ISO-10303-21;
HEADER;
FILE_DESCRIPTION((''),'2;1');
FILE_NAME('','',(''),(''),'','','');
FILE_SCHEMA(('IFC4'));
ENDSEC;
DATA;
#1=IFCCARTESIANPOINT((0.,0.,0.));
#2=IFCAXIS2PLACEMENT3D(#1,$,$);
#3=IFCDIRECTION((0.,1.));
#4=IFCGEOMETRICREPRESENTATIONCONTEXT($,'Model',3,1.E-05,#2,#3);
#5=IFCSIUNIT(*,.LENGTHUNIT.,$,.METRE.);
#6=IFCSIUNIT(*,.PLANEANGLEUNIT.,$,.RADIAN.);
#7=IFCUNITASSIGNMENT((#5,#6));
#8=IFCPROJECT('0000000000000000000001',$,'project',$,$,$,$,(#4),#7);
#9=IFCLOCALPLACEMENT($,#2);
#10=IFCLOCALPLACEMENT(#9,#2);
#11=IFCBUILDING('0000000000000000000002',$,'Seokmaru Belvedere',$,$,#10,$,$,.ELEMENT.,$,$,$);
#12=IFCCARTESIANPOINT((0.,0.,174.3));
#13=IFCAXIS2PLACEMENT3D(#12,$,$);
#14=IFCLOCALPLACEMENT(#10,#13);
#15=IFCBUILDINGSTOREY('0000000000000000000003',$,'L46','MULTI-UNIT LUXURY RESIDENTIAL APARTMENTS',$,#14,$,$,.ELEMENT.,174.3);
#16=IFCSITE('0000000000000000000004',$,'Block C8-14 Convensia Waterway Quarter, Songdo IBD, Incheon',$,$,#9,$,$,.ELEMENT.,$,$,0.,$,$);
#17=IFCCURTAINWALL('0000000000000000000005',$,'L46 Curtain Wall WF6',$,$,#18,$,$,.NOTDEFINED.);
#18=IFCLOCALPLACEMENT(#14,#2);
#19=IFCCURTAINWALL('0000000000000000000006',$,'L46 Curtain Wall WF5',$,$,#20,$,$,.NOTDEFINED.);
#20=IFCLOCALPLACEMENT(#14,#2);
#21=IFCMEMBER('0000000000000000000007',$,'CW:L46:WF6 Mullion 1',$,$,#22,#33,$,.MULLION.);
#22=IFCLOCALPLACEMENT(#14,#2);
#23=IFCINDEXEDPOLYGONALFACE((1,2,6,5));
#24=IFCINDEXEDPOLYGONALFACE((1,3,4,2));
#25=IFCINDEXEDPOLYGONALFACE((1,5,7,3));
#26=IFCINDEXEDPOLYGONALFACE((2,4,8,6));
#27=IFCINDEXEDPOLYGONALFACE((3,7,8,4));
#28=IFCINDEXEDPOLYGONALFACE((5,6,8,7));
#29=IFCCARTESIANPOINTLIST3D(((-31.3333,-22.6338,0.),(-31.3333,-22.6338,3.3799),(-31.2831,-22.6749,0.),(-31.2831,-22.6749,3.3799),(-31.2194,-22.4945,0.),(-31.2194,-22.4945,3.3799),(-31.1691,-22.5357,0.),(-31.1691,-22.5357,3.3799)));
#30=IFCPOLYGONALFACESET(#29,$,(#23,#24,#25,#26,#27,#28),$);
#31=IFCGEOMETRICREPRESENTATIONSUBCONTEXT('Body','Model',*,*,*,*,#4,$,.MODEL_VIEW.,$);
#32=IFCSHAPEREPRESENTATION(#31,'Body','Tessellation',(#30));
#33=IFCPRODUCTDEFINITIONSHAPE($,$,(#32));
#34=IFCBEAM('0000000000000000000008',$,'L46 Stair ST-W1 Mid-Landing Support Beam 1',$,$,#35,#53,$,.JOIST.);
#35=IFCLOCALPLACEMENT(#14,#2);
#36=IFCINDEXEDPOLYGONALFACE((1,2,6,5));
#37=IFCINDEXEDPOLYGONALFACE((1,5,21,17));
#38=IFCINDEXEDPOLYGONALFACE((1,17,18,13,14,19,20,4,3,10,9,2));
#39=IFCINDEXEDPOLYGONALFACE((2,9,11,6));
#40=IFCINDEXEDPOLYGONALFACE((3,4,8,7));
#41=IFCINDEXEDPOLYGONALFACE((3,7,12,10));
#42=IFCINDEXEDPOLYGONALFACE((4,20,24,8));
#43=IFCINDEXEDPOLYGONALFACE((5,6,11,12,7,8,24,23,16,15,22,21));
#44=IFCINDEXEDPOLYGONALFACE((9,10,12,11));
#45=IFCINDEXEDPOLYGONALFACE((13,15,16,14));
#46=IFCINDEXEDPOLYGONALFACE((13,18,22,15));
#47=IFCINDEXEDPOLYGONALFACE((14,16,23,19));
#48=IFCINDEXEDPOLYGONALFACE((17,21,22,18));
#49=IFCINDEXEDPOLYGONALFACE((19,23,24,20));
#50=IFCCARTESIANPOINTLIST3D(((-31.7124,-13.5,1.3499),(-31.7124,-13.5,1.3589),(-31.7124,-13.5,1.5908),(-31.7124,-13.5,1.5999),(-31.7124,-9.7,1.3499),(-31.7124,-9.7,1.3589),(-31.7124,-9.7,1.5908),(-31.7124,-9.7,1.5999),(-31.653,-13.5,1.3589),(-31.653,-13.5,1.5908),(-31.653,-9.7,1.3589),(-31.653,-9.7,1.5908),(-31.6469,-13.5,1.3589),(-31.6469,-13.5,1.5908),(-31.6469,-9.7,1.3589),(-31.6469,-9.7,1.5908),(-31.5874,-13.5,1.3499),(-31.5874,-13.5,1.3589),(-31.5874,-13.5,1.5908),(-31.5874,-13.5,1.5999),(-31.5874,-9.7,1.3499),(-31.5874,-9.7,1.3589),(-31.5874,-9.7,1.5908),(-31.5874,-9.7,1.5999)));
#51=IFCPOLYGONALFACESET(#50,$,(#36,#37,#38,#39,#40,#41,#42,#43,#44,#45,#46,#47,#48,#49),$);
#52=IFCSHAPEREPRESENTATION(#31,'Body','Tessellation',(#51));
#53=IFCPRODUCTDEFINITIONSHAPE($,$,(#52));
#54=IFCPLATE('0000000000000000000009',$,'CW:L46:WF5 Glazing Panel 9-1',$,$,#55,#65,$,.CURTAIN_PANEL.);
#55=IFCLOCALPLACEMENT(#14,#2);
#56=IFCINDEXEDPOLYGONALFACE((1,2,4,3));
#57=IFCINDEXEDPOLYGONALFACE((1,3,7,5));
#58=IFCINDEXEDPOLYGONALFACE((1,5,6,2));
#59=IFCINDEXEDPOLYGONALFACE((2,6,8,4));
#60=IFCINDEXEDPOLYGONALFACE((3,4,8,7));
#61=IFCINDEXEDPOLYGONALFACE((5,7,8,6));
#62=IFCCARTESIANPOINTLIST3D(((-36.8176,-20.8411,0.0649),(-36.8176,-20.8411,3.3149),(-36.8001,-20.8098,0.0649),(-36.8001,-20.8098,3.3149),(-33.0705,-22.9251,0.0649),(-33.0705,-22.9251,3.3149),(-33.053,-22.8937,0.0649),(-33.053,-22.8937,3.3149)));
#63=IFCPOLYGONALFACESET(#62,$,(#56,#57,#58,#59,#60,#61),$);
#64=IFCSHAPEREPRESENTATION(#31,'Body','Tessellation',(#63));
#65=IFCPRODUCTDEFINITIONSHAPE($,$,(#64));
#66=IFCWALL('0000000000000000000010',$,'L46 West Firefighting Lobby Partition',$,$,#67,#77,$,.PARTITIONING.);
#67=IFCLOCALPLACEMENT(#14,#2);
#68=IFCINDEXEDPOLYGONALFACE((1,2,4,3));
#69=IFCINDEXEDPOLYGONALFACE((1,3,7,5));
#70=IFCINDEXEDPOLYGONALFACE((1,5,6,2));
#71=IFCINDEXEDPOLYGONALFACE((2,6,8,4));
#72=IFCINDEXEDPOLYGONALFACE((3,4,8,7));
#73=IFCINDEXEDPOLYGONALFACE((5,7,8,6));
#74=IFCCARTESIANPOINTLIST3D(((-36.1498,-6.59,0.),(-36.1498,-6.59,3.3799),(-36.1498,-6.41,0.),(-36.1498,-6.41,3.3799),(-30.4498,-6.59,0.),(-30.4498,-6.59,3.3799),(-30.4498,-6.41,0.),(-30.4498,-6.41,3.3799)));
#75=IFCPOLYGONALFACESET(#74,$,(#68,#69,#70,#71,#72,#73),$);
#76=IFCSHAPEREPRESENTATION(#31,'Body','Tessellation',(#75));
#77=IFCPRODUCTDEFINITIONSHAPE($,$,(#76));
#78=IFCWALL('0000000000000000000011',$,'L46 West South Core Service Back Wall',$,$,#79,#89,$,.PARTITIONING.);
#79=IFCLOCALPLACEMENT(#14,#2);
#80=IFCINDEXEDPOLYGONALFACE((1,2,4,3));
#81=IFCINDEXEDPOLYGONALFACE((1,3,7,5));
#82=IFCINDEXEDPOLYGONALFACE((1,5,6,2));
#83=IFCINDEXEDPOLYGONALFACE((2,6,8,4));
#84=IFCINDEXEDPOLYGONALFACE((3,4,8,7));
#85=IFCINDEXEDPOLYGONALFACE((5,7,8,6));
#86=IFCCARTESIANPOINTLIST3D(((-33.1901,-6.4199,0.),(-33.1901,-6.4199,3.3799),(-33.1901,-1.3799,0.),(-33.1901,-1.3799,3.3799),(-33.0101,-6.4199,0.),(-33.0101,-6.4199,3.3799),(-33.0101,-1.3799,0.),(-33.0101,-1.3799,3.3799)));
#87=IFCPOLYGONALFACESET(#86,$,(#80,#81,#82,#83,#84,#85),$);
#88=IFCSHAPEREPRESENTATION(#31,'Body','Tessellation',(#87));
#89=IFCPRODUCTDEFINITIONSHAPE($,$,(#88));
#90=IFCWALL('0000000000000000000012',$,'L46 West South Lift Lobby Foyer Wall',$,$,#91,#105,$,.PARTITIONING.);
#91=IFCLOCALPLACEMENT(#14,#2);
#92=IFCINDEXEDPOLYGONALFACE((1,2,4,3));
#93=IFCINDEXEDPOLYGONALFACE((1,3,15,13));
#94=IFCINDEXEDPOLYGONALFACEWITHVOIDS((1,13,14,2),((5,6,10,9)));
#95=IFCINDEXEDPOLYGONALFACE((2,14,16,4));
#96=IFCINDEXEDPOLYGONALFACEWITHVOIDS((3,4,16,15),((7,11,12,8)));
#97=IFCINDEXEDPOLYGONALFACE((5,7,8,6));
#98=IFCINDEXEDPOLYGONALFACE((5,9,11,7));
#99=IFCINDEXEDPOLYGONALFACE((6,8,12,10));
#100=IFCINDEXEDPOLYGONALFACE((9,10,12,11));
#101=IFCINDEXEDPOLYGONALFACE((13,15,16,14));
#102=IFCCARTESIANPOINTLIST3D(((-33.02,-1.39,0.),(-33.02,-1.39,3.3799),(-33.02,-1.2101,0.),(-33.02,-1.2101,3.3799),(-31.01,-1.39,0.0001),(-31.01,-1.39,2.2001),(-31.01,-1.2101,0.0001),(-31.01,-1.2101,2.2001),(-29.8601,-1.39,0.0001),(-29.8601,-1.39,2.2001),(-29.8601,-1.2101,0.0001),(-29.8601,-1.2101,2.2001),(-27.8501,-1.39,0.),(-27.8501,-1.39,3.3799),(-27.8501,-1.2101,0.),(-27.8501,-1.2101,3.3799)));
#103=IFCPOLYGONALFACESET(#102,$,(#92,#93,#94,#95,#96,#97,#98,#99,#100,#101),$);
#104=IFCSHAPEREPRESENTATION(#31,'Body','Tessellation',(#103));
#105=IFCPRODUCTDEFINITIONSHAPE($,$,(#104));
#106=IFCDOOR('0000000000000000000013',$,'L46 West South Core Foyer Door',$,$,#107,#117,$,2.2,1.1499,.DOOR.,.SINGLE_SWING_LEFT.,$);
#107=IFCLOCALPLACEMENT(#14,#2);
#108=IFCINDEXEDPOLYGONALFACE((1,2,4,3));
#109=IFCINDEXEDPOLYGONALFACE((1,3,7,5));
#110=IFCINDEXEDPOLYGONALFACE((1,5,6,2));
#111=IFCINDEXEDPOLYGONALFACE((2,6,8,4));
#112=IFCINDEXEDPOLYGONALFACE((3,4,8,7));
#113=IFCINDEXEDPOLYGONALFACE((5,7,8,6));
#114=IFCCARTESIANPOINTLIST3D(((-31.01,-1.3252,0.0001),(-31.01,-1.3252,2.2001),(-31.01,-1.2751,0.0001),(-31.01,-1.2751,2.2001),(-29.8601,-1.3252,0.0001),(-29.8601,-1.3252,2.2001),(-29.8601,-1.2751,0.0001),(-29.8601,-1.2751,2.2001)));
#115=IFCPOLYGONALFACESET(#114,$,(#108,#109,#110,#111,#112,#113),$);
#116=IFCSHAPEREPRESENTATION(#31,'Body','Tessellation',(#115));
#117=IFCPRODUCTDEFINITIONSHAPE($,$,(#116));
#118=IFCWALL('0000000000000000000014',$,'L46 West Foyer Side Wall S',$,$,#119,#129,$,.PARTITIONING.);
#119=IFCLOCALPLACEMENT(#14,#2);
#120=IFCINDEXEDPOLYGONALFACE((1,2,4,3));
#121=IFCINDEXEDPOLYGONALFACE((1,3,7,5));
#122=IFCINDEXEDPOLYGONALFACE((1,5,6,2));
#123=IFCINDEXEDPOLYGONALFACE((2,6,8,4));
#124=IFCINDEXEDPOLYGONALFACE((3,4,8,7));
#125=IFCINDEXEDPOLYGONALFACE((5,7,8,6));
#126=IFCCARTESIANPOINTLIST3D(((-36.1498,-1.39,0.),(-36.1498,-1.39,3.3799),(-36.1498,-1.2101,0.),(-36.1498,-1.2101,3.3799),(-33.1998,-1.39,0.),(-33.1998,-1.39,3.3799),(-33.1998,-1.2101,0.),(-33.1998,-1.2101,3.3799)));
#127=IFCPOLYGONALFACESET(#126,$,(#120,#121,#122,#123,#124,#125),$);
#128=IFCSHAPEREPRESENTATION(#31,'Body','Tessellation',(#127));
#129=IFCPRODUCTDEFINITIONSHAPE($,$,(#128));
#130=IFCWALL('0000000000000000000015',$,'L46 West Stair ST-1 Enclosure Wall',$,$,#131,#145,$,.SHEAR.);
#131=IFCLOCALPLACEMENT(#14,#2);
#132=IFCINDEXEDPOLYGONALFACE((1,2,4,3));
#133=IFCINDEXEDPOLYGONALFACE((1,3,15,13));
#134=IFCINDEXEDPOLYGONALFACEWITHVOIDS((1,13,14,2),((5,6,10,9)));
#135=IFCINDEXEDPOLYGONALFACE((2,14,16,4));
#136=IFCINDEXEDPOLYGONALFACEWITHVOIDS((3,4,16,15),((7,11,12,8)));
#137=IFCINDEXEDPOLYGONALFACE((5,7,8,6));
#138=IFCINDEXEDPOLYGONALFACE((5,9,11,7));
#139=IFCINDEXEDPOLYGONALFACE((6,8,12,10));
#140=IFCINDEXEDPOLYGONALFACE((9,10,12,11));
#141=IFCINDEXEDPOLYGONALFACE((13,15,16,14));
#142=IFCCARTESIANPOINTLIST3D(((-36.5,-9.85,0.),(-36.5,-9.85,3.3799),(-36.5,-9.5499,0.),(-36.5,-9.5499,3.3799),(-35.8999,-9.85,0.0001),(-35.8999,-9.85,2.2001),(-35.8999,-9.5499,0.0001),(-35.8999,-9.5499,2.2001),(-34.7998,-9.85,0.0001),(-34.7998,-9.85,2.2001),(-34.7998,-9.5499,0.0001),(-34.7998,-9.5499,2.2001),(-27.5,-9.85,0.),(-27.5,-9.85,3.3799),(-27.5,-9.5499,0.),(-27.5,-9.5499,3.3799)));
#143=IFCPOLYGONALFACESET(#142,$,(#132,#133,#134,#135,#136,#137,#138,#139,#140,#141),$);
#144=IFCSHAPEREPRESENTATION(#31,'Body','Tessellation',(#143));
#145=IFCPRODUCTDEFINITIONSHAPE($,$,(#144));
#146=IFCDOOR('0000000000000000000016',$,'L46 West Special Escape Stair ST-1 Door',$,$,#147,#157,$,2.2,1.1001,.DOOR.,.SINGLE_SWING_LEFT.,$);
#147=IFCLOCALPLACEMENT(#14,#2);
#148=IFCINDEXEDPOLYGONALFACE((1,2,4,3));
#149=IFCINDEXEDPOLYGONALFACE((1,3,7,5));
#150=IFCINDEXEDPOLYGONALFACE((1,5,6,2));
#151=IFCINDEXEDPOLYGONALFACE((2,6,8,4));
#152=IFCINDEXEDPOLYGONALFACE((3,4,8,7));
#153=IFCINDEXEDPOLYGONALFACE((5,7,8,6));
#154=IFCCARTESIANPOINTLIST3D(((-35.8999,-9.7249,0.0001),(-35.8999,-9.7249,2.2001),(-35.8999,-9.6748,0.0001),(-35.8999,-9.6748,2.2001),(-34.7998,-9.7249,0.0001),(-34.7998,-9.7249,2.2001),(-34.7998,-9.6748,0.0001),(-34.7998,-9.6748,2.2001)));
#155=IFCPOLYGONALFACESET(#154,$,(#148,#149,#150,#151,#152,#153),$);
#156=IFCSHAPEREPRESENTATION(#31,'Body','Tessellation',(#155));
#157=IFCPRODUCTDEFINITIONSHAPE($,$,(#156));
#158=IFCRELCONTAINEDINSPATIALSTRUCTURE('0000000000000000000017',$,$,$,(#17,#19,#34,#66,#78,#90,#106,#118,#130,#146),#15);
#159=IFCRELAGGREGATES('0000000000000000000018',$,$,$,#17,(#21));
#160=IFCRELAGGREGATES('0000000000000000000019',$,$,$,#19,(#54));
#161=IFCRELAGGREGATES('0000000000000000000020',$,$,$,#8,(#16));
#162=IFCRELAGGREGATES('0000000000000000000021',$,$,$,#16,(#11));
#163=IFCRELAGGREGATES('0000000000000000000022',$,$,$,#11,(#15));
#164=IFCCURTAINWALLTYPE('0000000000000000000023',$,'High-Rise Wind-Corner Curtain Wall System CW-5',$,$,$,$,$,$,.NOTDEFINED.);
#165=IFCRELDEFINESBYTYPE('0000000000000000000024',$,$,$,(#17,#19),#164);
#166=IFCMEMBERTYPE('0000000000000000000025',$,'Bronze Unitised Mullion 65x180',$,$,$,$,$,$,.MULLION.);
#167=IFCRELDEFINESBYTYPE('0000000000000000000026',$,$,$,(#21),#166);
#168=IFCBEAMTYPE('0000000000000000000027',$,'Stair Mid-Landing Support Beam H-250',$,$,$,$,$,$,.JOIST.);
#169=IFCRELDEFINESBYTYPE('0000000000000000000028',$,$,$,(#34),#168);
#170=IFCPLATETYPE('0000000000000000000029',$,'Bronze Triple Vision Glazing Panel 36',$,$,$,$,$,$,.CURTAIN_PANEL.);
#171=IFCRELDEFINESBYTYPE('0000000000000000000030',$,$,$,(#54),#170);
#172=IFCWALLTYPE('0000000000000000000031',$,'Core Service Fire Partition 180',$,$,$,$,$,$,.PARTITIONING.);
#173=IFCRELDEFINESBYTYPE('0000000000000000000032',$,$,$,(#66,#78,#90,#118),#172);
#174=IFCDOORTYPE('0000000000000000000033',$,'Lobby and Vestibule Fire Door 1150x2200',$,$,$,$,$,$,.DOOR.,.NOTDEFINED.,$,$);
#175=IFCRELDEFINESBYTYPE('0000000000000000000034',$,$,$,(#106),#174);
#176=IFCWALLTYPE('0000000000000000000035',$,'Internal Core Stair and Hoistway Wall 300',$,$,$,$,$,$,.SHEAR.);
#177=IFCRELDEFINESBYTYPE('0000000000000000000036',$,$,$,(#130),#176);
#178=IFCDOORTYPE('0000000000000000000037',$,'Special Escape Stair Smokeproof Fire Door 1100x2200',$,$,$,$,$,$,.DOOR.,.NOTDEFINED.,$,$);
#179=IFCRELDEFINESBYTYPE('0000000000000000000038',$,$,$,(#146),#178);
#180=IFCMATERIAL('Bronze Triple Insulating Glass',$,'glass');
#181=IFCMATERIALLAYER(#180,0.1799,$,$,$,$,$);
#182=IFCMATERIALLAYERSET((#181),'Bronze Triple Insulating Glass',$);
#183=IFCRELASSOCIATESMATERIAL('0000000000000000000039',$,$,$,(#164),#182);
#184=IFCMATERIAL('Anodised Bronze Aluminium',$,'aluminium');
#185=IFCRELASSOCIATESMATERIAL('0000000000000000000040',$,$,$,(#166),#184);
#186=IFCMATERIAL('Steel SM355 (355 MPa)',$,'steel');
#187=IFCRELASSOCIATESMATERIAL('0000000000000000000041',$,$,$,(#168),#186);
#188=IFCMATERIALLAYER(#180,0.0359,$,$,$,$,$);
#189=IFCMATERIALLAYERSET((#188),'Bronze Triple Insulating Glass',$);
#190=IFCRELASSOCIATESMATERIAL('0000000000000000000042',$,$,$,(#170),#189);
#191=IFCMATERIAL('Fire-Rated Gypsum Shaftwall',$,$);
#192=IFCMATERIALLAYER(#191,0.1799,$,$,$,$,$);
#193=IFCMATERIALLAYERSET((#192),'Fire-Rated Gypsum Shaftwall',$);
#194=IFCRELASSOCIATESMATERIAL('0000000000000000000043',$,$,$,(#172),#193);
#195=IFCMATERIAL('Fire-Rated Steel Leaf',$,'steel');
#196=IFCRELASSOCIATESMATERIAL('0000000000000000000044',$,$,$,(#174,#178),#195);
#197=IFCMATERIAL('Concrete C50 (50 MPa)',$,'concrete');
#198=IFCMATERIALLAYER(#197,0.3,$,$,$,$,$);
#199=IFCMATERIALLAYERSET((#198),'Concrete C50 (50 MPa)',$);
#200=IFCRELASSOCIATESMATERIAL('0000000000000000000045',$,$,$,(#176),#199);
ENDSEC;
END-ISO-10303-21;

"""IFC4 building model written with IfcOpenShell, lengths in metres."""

from ifc_helpers import new_model, si_unit, direction, frame, frame_2d, origin, origin_2d, place, context, subcontext, project, spatial, rectangle, i_section, extrude, source, transform, mapped, material, layer, layer_set, material_profile, profile_set, type_object, type_shapes, element, fill, aggregate, save


model = new_model("IFC4")

# Units and contexts
model_context = context("Model", 3, precision=1e-05, world=origin(), true_north=direction((0.0, 1.0)))
body_context = subcontext(model_context, "Body", "Model", "MODEL_VIEW")
ifc_project = project(units=[si_unit("LENGTHUNIT", "METRE"), si_unit("PLANEANGLEUNIT", "RADIAN")], contexts=[model_context])

# Site, building, storey
site_placement = place(None, origin())
site = spatial("IfcSite", under=ifc_project, at=site_placement, Name="Block C8-14 Convensia Waterway Quarter, Songdo IBD, Incheon", CompositionType="ELEMENT", RefElevation=0.0)
building_placement = place(site_placement, origin())
building = spatial("IfcBuilding", under=site, at=building_placement, Name="Seokmaru Belvedere", CompositionType="ELEMENT")
storey_placement = place(building_placement, frame((0.0, 0.0, 174.3)))
storey = spatial("IfcBuildingStorey", under=building, at=storey_placement, Name="L46", Description="MULTI-UNIT LUXURY RESIDENTIAL APARTMENTS", CompositionType="ELEMENT", Elevation=174.3)

# Shared definitions
ifc_material_1 = material(Name="Steel SM355 (355 MPa)", Category="steel")

# Curtain wall
ifc_material_2 = material(Name="Bronze Triple Insulating Glass", Category="glass")
ifc_layer_1 = layer(ifc_material_2, 0.1799)
ifc_layer_set_1 = layer_set([ifc_layer_1], Name="Bronze Triple Insulating Glass")
curtain_wall_type = type_object("IfcCurtainWallType", Name="High-Rise Wind-Corner Curtain Wall System CW-5", PredefinedType="NOTDEFINED", material=ifc_layer_set_1)
curtain_wall_1_placement = place(storey_placement, origin())
curtain_wall_1 = element("IfcCurtainWall", 1, at=curtain_wall_1_placement, inside=storey, type_object=curtain_wall_type, Name="L46 Curtain Wall WF6", PredefinedType="NOTDEFINED")
ifc_material_3 = material(Name="Anodised Bronze Aluminium", Category="aluminium")

# Curtain wall
curtain_wall_2_placement = place(storey_placement, origin())
curtain_wall_2 = element("IfcCurtainWall", 2, at=curtain_wall_2_placement, inside=storey, type_object=curtain_wall_type, Name="L46 Curtain Wall WF5", PredefinedType="NOTDEFINED")
ifc_material_profile_1 = material_profile(ifc_material_3, rectangle(XDim=0.0649, YDim=0.1799, at=origin_2d()), Name="CW-M-65x180")
ifc_profile_set_1 = profile_set([ifc_material_profile_1], Name="Anodised Bronze Aluminium")
member_type_1 = type_object("IfcMemberType", Name="Bronze Unitised Mullion 65x180", PredefinedType="MULLION", material=ifc_profile_set_1)
shared_shape_1 = source(origin(), body_context, "Body", "SweptSolid", [
    extrude(rectangle(XDim=0.0649, YDim=0.1799, at=origin_2d()), origin(), (0.0, 0.0, 1.0), 3.3799),
])
type_shapes(member_type_1, [shared_shape_1])

# Member
member_1_placement = place(storey_placement, frame((-31.2512, -22.5847, 0.0), z_axis=(0.0, 0.0, 1.0), x_axis=(-0.773944, 0.633254, 0.0)))
member_1 = element("IfcMember", 3, at=member_1_placement, type_object=member_type_1, Name="CW:L46:WF6 Mullion 1", PredefinedType="MULLION", context=body_context, shape_type="MappedRepresentation", body=[
    mapped(shared_shape_1, transform((0.0, 0.0, 0.0), scale=1.0)),
])
aggregate(curtain_wall_1, [member_1])

# Beam
ifc_material_profile_2 = material_profile(ifc_material_1, i_section(OverallWidth=0.125, OverallDepth=0.25, WebThickness=0.0061, FlangeThickness=0.009, at=origin_2d()), Name="H-250x125x6x9")
ifc_profile_set_2 = profile_set([ifc_material_profile_2], Name="Steel SM355 (355 MPa)")
beam_type_1 = type_object("IfcBeamType", Name="Stair Mid-Landing Support Beam H-250", PredefinedType="JOIST", material=ifc_profile_set_2)
shared_shape_2 = source(origin(), body_context, "Body", "SweptSolid", [
    extrude(i_section(OverallWidth=0.125, OverallDepth=0.25, WebThickness=0.0061, FlangeThickness=0.009, at=origin_2d()), origin(), (0.0, 0.0, 1.0), 3.8),
])
type_shapes(beam_type_1, [shared_shape_2])
beam_1_placement = place(storey_placement, frame((-31.6499, -13.5, 1.4749), z_axis=(0.0, 1.0, 0.0), x_axis=(-1.0, 0.0, 0.0)))
element("IfcBeam", 4, at=beam_1_placement, inside=storey, type_object=beam_type_1, Name="L46 Stair ST-W1 Mid-Landing Support Beam 1", PredefinedType="JOIST", context=body_context, shape_type="MappedRepresentation", body=[
    mapped(shared_shape_2, transform((0.0, 0.0, 0.0), scale=1.0)),
])

# Plate
ifc_layer_2 = layer(ifc_material_2, 0.0359)
ifc_layer_set_2 = layer_set([ifc_layer_2], Name="Bronze Triple Insulating Glass")
plate_type = type_object("IfcPlateType", Name="Bronze Triple Vision Glazing Panel 36", PredefinedType="CURTAIN_PANEL", material=ifc_layer_set_2)
shared_shape_3 = source(origin(), body_context, "Body", "SweptSolid", [
    extrude(rectangle(XDim=4.2876, YDim=0.0359, at=origin_2d()), origin(), (0.0, 0.0, 1.0), 3.25),
])
type_shapes(plate_type, [shared_shape_3])
plate_placement = place(storey_placement, frame((-34.9353, -21.8674, 0.0649), z_axis=(0.0, 0.0, 1.0), x_axis=(0.873933, -0.486047, 0.0)))
plate = element("IfcPlate", 5, at=plate_placement, type_object=plate_type, Name="CW:L46:WF5 Glazing Panel 9-1", PredefinedType="CURTAIN_PANEL", context=body_context, shape_type="MappedRepresentation", body=[
    mapped(shared_shape_3, transform((0.0, 0.0, 0.0), scale=1.0)),
])
aggregate(curtain_wall_2, [plate])

# Walls
ifc_material_4 = material(Name="Fire-Rated Gypsum Shaftwall")
ifc_layer_3 = layer(ifc_material_4, 0.1799)
ifc_layer_set_3 = layer_set([ifc_layer_3], Name="Fire-Rated Gypsum Shaftwall")
wall_type_1 = type_object("IfcWallType", Name="Core Service Fire Partition 180", PredefinedType="PARTITIONING", material=ifc_layer_set_3)
wall_1_placement = place(storey_placement, frame((-36.1499, -6.5, 0.0), z_axis=(0.0, 0.0, 1.0), x_axis=(1.0, 0.0, 0.0)))
element("IfcWall", 6, at=wall_1_placement, inside=storey, type_object=wall_type_1, Name="L46 West Firefighting Lobby Partition", PredefinedType="PARTITIONING", context=body_context, shape_type="SweptSolid", body=[
    extrude(rectangle(XDim=5.7, YDim=0.1799, at=frame_2d((2.8501, 0.0))), origin(), (0.0, 0.0, 1.0), 3.3799),
])
wall_2_placement = place(storey_placement, frame((-33.1001, -6.4199, 0.0), z_axis=(0.0, 0.0, 1.0), x_axis=(0.0, 1.0, 0.0)))
element("IfcWall", 7, at=wall_2_placement, inside=storey, type_object=wall_type_1, Name="L46 West South Core Service Back Wall", PredefinedType="PARTITIONING", context=body_context, shape_type="SweptSolid", body=[
    extrude(rectangle(XDim=5.04, YDim=0.1799, at=frame_2d((2.52, 0.0))), origin(), (0.0, 0.0, 1.0), 3.3799),
])

# Wall, opening, door
wall_3_placement = place(storey_placement, frame((-33.02, -1.3, 0.0), z_axis=(0.0, 0.0, 1.0), x_axis=(1.0, 0.0, 0.0)))
wall_3 = element("IfcWall", 8, at=wall_3_placement, inside=storey, type_object=wall_type_1, Name="L46 West South Lift Lobby Foyer Wall", PredefinedType="PARTITIONING", context=body_context, shape_type="SweptSolid", body=[
    extrude(rectangle(XDim=5.1699, YDim=0.1799, at=frame_2d((2.585, 0.0))), origin(), (0.0, 0.0, 1.0), 3.3799),
])
opening_1_placement = place(wall_3_placement, frame((2.01, 0.0, 0.0)))
opening_1 = element("IfcOpeningElement", 9, at=opening_1_placement, cuts=wall_3, PredefinedType="OPENING", context=body_context, shape_type="SweptSolid", body=[
    extrude(rectangle(XDim=1.1499, YDim=2.2, at=frame_2d((0.575, 1.1001))), frame((0.0, 0.1001, 0.0), z_axis=(0.0, -1.0, 0.0), x_axis=(1.0, 0.0, 0.0)), (0.0, 0.0, 1.0), 0.2),
])
ifc_material_5 = material(Name="Fire-Rated Steel Leaf", Category="steel")
door_type_1 = type_object("IfcDoorType", Name="Lobby and Vestibule Fire Door 1150x2200", OperationType="NOTDEFINED", PredefinedType="DOOR", material=ifc_material_5)
shared_shape_4 = source(origin(), body_context, "Body", "SweptSolid", [
    extrude(rectangle(XDim=1.1499, YDim=2.2, at=frame_2d((0.575, 1.1001))), frame((0.0, 0.0249, 0.0), z_axis=(0.0, -1.0, 0.0), x_axis=(1.0, 0.0, 0.0)), (0.0, 0.0, 1.0), 0.05),
])
type_shapes(door_type_1, [shared_shape_4])
door_1_placement = place(opening_1_placement, origin())
door_1 = element("IfcDoor", 10, at=door_1_placement, inside=storey, type_object=door_type_1, Name="L46 West South Core Foyer Door", OperationType="SINGLE_SWING_LEFT", OverallHeight=2.2, OverallWidth=1.1499, PredefinedType="DOOR", context=body_context, shape_type="MappedRepresentation", body=[
    mapped(shared_shape_4, transform((0.0, 0.0, 0.0), scale=1.0)),
])
fill(opening_1, door_1)

# Wall
wall_4_placement = place(storey_placement, frame((-36.1499, -1.3, 0.0), z_axis=(0.0, 0.0, 1.0), x_axis=(1.0, 0.0, 0.0)))
element("IfcWall", 11, at=wall_4_placement, inside=storey, type_object=wall_type_1, Name="L46 West Foyer Side Wall S", PredefinedType="PARTITIONING", context=body_context, shape_type="SweptSolid", body=[
    extrude(rectangle(XDim=2.95, YDim=0.1799, at=frame_2d((1.4751, 0.0))), origin(), (0.0, 0.0, 1.0), 3.3799),
])

# Wall, opening, door
ifc_material_6 = material(Name="Concrete C50 (50 MPa)", Category="concrete")
ifc_layer_4 = layer(ifc_material_6, 0.3)
ifc_layer_set_4 = layer_set([ifc_layer_4], Name="Concrete C50 (50 MPa)")
wall_type_2 = type_object("IfcWallType", Name="Internal Core Stair and Hoistway Wall 300", PredefinedType="SHEAR", material=ifc_layer_set_4)
wall_5_placement = place(storey_placement, frame((-36.5, -9.7, 0.0), z_axis=(0.0, 0.0, 1.0), x_axis=(1.0, 0.0, 0.0)))
wall_5 = element("IfcWall", 12, at=wall_5_placement, inside=storey, type_object=wall_type_2, Name="L46 West Stair ST-1 Enclosure Wall", PredefinedType="SHEAR", context=body_context, shape_type="SweptSolid", body=[
    extrude(rectangle(XDim=9.0, YDim=0.3, at=frame_2d((4.5, 0.0))), origin(), (0.0, 0.0, 1.0), 3.3799),
])
opening_2_placement = place(wall_5_placement, frame((0.6001, 0.0, 0.0)))
opening_2 = element("IfcOpeningElement", 13, at=opening_2_placement, cuts=wall_5, PredefinedType="OPENING", context=body_context, shape_type="SweptSolid", body=[
    extrude(rectangle(XDim=1.1001, YDim=2.2, at=frame_2d((0.55, 1.1001))), frame((0.0, 0.1602, 0.0), z_axis=(0.0, -1.0, 0.0), x_axis=(1.0, 0.0, 0.0)), (0.0, 0.0, 1.0), 0.3201),
])
door_type_2 = type_object("IfcDoorType", Name="Special Escape Stair Smokeproof Fire Door 1100x2200", OperationType="NOTDEFINED", PredefinedType="DOOR", material=ifc_material_5)
shared_shape_5 = source(origin(), body_context, "Body", "SweptSolid", [
    extrude(rectangle(XDim=1.1001, YDim=2.2, at=frame_2d((0.55, 1.1001))), frame((0.0, 0.0249, 0.0), z_axis=(0.0, -1.0, 0.0), x_axis=(1.0, 0.0, 0.0)), (0.0, 0.0, 1.0), 0.05),
])
type_shapes(door_type_2, [shared_shape_5])
door_2_placement = place(opening_2_placement, frame((1.1001, 0.0, 0.0), z_axis=(0.0, 0.0, 1.0), x_axis=(-1.0, 0.0, 0.0)))
door_2 = element("IfcDoor", 14, at=door_2_placement, inside=storey, type_object=door_type_2, Name="L46 West Special Escape Stair ST-1 Door", OperationType="SINGLE_SWING_LEFT", OverallHeight=2.2, OverallWidth=1.1001, PredefinedType="DOOR", context=body_context, shape_type="MappedRepresentation", body=[
    mapped(shared_shape_5, transform((0.0, 0.0, 0.0), scale=1.0)),
])
fill(opening_2, door_2)

save(model, "model.ifc")
